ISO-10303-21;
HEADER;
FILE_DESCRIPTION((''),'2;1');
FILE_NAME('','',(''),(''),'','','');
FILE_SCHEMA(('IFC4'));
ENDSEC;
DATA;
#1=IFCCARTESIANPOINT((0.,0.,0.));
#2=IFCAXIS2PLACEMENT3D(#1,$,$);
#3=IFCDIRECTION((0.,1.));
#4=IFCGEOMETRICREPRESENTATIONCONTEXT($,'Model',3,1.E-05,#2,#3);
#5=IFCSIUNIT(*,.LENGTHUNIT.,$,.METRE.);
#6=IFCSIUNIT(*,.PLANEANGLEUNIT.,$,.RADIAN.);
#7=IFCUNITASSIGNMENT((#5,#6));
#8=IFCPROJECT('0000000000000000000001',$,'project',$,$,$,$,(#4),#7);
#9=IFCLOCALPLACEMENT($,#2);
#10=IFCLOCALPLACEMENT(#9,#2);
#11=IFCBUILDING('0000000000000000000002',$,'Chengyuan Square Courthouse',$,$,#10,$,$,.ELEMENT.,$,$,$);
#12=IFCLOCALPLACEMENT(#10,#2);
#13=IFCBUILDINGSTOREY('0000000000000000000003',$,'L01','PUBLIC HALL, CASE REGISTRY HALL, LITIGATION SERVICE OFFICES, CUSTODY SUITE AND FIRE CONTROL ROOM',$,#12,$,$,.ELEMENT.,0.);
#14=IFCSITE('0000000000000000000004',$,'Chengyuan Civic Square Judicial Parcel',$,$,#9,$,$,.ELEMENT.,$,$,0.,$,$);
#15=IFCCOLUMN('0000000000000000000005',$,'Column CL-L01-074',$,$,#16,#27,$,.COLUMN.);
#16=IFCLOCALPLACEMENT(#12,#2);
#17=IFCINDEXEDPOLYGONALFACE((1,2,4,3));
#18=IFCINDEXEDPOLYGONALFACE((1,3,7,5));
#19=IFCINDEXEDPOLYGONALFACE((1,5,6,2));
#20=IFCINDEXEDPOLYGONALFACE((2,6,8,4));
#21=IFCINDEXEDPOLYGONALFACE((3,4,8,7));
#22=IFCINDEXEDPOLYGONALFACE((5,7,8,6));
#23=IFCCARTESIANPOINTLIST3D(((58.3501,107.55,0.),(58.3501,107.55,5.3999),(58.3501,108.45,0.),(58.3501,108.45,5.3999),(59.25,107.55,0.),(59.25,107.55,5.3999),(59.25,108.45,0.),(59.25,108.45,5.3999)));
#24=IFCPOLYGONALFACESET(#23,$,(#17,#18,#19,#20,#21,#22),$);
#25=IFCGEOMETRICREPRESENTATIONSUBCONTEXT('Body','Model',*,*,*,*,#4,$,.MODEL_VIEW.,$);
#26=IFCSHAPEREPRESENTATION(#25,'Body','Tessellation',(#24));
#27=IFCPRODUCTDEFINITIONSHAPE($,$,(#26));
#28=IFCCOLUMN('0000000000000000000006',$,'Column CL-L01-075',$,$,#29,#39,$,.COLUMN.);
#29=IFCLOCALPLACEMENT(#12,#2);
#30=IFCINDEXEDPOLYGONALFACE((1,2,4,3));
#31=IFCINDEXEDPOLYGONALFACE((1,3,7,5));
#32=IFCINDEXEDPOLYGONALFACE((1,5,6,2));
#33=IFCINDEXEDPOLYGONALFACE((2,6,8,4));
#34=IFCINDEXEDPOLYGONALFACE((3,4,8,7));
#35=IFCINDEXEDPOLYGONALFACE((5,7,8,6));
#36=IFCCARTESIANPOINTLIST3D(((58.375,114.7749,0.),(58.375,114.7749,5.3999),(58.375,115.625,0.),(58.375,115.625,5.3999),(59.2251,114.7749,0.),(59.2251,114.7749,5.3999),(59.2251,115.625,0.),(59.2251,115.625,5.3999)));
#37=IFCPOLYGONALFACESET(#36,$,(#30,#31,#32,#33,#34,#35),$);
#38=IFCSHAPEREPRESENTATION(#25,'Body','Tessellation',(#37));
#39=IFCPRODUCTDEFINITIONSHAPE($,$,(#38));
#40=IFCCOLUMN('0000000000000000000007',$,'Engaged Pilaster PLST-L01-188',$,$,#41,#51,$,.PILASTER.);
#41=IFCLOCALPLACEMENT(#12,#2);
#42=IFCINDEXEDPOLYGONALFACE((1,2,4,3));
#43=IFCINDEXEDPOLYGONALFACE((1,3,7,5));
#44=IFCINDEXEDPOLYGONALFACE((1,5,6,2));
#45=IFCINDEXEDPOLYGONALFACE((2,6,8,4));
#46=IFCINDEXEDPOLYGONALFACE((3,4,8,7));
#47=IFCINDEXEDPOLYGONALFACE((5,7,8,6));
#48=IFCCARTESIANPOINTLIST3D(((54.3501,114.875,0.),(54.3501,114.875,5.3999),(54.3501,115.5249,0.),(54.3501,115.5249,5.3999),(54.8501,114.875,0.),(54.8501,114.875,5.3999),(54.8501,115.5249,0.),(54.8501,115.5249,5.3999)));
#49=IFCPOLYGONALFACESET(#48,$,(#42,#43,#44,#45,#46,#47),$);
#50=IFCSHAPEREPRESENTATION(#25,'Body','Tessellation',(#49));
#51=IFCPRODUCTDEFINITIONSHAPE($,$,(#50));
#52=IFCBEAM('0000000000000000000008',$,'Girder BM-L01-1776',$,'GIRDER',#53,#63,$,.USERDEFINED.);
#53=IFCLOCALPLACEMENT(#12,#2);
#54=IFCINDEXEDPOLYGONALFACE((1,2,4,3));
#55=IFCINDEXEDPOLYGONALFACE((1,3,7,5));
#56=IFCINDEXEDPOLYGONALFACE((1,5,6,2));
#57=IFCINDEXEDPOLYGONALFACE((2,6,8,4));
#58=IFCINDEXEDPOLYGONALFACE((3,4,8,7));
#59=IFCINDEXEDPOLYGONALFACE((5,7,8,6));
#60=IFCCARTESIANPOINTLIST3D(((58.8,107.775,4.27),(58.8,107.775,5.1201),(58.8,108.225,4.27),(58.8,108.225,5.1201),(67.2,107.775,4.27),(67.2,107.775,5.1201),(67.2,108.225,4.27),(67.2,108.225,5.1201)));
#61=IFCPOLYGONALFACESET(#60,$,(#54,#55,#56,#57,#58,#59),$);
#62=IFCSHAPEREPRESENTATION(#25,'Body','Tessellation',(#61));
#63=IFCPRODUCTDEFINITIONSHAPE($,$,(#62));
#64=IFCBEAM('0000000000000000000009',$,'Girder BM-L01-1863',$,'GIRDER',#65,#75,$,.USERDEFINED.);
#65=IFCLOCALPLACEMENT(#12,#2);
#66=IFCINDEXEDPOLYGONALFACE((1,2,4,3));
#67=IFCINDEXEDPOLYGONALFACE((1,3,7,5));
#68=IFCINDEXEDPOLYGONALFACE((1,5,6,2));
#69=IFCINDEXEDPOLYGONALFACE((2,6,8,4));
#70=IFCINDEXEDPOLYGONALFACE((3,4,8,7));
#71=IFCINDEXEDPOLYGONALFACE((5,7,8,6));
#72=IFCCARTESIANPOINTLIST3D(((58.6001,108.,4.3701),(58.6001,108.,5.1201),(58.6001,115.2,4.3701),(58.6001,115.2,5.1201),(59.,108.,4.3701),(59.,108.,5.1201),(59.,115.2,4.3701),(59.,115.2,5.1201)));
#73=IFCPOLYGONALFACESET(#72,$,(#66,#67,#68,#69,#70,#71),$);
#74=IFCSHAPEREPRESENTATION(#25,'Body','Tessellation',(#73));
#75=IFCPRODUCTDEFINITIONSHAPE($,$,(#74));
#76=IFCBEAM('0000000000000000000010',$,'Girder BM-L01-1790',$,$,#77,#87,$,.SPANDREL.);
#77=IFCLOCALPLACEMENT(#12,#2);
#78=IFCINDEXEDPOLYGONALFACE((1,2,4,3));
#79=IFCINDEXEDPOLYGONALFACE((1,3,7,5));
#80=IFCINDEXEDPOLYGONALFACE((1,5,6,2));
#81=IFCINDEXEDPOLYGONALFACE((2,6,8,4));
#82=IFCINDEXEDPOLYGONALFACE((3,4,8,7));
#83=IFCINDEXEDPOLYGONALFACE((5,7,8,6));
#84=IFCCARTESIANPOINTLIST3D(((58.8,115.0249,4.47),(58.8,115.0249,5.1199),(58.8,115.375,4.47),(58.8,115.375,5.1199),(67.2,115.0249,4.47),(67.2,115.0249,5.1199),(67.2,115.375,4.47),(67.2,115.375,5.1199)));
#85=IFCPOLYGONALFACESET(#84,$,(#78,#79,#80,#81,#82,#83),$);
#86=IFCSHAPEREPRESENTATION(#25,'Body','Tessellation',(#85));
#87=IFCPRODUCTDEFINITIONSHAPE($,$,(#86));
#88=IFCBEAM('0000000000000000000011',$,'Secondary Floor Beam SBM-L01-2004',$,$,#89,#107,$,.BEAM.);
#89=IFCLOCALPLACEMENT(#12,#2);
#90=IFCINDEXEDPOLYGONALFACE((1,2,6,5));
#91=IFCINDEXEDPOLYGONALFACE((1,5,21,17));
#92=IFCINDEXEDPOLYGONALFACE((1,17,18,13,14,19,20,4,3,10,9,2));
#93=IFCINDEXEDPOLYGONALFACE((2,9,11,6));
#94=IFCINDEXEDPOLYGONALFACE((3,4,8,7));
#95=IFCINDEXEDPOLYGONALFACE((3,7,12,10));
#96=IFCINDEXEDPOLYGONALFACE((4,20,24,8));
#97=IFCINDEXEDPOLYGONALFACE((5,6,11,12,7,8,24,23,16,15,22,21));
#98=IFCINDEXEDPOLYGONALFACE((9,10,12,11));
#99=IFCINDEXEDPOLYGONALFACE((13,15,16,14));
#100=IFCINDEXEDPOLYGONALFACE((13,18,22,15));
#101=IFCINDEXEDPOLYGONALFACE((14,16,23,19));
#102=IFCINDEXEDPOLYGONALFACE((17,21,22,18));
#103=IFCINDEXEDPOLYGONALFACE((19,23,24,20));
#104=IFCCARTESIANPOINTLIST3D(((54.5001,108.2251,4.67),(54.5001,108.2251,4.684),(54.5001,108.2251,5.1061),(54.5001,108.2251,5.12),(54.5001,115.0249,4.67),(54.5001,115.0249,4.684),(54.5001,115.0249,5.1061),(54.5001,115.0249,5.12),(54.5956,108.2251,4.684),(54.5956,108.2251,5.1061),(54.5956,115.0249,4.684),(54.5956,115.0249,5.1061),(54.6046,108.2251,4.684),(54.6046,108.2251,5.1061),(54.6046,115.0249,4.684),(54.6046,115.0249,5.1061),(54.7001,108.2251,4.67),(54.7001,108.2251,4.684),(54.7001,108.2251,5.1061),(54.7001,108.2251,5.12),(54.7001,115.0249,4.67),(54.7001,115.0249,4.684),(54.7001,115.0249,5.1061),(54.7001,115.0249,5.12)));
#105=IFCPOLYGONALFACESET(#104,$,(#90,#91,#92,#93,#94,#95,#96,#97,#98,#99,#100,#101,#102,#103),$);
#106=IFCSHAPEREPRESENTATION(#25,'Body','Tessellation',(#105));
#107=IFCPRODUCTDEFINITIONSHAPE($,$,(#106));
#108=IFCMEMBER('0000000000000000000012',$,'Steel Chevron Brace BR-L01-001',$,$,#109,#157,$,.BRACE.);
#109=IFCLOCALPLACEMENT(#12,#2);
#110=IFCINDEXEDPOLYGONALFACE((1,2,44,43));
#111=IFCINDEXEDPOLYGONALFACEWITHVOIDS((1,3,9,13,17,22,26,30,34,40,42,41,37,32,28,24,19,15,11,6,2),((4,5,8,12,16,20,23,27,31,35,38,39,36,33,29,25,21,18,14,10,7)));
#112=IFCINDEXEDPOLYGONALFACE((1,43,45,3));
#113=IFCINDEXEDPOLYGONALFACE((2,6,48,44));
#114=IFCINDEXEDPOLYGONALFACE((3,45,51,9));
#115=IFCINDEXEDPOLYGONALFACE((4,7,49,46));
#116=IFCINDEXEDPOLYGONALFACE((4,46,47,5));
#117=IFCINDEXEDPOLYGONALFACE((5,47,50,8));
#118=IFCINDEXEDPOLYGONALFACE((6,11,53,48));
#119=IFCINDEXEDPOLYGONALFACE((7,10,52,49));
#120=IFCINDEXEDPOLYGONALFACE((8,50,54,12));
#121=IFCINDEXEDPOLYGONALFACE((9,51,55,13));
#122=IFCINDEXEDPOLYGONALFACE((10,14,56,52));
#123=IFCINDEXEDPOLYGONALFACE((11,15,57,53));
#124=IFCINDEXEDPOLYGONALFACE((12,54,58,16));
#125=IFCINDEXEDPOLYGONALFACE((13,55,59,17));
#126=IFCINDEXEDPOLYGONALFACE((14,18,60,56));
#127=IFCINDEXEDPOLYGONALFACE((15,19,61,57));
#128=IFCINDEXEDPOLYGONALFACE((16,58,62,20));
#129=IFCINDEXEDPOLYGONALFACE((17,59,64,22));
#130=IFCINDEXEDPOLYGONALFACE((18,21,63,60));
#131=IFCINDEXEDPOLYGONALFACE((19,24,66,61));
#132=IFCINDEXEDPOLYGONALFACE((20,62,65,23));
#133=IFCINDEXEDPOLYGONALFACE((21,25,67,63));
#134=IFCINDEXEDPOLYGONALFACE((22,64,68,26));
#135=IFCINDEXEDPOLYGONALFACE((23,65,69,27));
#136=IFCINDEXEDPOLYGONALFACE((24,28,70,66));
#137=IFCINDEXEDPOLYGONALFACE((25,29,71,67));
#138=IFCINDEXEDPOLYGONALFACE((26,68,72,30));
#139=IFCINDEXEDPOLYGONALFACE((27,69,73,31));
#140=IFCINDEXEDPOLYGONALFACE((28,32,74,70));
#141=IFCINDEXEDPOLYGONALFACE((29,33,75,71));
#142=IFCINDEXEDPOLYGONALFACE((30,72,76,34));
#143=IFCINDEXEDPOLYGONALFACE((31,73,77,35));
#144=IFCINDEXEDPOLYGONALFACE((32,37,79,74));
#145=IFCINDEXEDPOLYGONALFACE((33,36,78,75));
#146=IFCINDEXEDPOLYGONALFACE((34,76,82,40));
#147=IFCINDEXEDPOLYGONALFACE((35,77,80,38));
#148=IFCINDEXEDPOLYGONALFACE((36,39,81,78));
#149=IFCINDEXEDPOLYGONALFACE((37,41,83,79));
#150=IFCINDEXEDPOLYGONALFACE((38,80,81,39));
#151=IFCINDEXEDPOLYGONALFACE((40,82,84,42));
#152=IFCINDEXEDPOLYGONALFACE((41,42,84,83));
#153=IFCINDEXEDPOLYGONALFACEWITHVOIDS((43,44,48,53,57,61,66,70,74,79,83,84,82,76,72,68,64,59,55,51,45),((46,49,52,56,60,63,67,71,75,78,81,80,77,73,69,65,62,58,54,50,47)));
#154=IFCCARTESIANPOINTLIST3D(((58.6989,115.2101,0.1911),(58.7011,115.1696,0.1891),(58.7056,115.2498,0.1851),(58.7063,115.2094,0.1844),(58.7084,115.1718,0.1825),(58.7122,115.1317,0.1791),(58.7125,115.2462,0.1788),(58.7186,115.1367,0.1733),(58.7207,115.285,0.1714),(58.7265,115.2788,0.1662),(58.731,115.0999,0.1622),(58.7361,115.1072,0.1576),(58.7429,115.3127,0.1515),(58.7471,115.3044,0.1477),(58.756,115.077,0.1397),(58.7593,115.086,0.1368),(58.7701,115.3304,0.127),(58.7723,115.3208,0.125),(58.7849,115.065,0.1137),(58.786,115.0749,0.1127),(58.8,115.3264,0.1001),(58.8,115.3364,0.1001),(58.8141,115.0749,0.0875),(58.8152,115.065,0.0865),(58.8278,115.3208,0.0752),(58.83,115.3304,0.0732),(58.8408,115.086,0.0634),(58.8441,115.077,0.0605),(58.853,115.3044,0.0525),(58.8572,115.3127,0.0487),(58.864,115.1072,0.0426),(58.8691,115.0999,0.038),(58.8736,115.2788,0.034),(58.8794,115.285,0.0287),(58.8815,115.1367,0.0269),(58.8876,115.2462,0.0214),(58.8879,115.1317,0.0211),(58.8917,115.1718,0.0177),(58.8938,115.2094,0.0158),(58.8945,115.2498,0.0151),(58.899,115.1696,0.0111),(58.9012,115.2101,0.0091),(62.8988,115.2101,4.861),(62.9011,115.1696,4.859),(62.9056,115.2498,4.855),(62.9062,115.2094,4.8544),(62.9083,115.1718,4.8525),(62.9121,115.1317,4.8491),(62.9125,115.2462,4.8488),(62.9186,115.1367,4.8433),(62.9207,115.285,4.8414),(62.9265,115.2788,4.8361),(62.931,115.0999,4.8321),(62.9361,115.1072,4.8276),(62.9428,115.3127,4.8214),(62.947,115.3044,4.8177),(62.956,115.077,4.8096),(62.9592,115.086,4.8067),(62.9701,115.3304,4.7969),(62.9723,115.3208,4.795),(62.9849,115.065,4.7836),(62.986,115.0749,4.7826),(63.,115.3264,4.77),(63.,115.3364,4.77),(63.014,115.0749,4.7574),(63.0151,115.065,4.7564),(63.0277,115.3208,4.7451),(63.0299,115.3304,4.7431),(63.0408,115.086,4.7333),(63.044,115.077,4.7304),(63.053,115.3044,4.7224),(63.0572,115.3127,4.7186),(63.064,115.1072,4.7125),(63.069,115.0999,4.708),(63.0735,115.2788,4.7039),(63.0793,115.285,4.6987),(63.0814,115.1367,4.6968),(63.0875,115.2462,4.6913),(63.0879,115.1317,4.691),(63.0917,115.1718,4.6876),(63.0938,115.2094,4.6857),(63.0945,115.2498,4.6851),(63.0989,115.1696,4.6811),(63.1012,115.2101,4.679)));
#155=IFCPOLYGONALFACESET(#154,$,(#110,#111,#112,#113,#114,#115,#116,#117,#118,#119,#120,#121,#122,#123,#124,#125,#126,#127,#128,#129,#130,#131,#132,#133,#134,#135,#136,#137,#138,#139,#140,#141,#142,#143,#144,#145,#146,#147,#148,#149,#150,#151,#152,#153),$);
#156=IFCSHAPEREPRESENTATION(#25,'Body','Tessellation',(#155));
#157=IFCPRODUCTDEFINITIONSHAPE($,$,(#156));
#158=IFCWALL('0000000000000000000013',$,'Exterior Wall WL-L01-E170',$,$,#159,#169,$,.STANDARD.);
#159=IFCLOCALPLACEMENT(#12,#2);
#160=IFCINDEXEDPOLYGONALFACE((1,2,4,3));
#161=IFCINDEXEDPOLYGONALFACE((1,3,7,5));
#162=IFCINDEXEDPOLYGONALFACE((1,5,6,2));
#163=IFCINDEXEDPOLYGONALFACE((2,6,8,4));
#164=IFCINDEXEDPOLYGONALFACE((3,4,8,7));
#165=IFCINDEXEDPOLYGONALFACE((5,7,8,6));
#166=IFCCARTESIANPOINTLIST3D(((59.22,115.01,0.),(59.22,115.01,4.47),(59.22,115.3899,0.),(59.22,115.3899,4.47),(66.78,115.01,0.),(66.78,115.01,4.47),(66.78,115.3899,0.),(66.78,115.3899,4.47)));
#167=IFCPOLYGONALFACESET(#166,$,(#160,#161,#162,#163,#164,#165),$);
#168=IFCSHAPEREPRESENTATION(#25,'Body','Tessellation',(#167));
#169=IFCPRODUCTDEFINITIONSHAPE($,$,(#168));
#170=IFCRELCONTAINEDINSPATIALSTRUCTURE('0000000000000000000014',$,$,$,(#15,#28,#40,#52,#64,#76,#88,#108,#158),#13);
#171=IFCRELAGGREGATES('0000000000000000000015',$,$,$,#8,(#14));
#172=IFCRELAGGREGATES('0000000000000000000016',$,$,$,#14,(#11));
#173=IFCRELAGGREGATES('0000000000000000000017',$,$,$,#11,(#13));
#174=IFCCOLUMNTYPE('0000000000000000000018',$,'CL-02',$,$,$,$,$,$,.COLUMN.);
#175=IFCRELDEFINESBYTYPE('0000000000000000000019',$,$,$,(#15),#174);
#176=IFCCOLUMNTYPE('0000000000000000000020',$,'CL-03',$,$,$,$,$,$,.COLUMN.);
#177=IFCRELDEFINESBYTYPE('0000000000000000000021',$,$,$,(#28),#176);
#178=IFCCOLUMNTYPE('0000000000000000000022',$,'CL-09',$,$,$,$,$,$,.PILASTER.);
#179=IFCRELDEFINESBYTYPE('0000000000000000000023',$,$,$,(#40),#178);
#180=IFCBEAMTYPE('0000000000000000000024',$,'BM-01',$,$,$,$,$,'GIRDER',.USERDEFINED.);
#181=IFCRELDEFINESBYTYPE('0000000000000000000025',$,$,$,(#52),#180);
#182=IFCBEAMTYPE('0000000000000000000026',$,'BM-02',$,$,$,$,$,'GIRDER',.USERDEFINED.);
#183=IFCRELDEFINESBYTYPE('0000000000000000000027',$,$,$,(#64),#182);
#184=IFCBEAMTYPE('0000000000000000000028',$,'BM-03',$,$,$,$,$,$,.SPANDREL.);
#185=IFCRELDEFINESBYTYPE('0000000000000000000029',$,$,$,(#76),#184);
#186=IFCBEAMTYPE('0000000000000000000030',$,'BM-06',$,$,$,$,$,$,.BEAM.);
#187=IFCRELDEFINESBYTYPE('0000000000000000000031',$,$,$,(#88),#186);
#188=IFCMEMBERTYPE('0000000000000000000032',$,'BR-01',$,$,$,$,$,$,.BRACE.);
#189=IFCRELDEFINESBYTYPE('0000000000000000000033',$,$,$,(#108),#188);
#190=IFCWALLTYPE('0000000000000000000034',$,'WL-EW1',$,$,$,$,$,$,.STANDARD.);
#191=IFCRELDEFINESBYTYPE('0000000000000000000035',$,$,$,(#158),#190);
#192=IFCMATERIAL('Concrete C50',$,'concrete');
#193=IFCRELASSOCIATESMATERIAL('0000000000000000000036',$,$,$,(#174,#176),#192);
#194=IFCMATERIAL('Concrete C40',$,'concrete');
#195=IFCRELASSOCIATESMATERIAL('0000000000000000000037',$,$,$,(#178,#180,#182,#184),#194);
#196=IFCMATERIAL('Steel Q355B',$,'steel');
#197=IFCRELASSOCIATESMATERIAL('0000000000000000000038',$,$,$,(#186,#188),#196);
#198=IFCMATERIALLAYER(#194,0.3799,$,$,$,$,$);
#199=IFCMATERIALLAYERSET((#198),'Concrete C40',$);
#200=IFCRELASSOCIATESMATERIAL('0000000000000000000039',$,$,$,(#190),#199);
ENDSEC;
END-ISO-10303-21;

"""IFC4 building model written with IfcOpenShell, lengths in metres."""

from ifc_helpers import new_model, si_unit, direction, frame, frame_2d, origin, origin_2d, place, context, subcontext, project, spatial, rectangle, hollow_circle, i_section, extrude, material, layer, layer_set, material_profile, profile_set, type_object, element, save


model = new_model("IFC4")

# Units and contexts
model_context = context("Model", 3, precision=1e-05, world=origin(), true_north=direction((0.0, 1.0)))
body_context = subcontext(model_context, "Body", "Model", "MODEL_VIEW")
ifc_project = project(units=[si_unit("LENGTHUNIT", "METRE"), si_unit("PLANEANGLEUNIT", "RADIAN")], contexts=[model_context])

# Site, building, storey
site_placement = place(None, origin())
site = spatial("IfcSite", under=ifc_project, at=site_placement, Name="Chengyuan Civic Square Judicial Parcel", CompositionType="ELEMENT", RefElevation=0.0)
building_placement = place(site_placement, origin())
building = spatial("IfcBuilding", under=site, at=building_placement, Name="Chengyuan Square Courthouse", CompositionType="ELEMENT")
storey_placement = place(building_placement, origin())
storey = spatial("IfcBuildingStorey", under=building, at=storey_placement, Name="L01", Description="PUBLIC HALL, CASE REGISTRY HALL, LITIGATION SERVICE OFFICES, CUSTODY SUITE AND FIRE CONTROL ROOM", CompositionType="ELEMENT", Elevation=0.0)

# Columns
ifc_material_1 = material(Name="Concrete C50", Category="concrete")
ifc_material_profile_1 = material_profile(ifc_material_1, rectangle(XDim=0.8999, YDim=0.8999, at=origin_2d()), Name="RC-COL-900x900")
ifc_profile_set_1 = profile_set([ifc_material_profile_1], Name="Concrete C50")
column_type_1 = type_object("IfcColumnType", Name="CL-02", PredefinedType="COLUMN", material=ifc_profile_set_1)
column_1_placement = place(storey_placement, frame((58.8, 108.0, 0.0), z_axis=(0.0, 0.0, 1.0), x_axis=(1.0, 0.0, 0.0)))
element("IfcColumn", 1, at=column_1_placement, inside=storey, type_object=column_type_1, Name="Column CL-L01-074", PredefinedType="COLUMN", context=body_context, shape_type="SweptSolid", body=[
    extrude(rectangle(XDim=0.8999, YDim=0.8999, at=origin_2d()), origin(), (0.0, 0.0, 1.0), 5.3999),
])
ifc_material_profile_2 = material_profile(ifc_material_1, rectangle(XDim=0.8501, YDim=0.8501, at=origin_2d()), Name="RC-COL-850x850")
ifc_profile_set_2 = profile_set([ifc_material_profile_2], Name="Concrete C50")
column_type_2 = type_object("IfcColumnType", Name="CL-03", PredefinedType="COLUMN", material=ifc_profile_set_2)
column_2_placement = place(storey_placement, frame((58.8, 115.2, 0.0), z_axis=(0.0, 0.0, 1.0), x_axis=(1.0, 0.0, 0.0)))
element("IfcColumn", 2, at=column_2_placement, inside=storey, type_object=column_type_2, Name="Column CL-L01-075", PredefinedType="COLUMN", context=body_context, shape_type="SweptSolid", body=[
    extrude(rectangle(XDim=0.8501, YDim=0.8501, at=origin_2d()), origin(), (0.0, 0.0, 1.0), 5.3999),
])
ifc_material_2 = material(Name="Concrete C40", Category="concrete")
ifc_material_profile_3 = material_profile(ifc_material_2, rectangle(XDim=0.5, YDim=0.6499, at=origin_2d()), Name="RC-PIL-500x650")
ifc_profile_set_3 = profile_set([ifc_material_profile_3], Name="Concrete C40")
column_type_3 = type_object("IfcColumnType", Name="CL-09", PredefinedType="PILASTER", material=ifc_profile_set_3)
column_3_placement = place(storey_placement, frame((54.6001, 115.2, 0.0), z_axis=(0.0, 0.0, 1.0), x_axis=(1.0, 0.0, 0.0)))
element("IfcColumn", 3, at=column_3_placement, inside=storey, type_object=column_type_3, Name="Engaged Pilaster PLST-L01-188", PredefinedType="PILASTER", context=body_context, shape_type="SweptSolid", body=[
    extrude(rectangle(XDim=0.5, YDim=0.6499, at=origin_2d()), origin(), (0.0, 0.0, 1.0), 5.3999),
])

# Beams
ifc_material_profile_4 = material_profile(ifc_material_2, rectangle(XDim=0.45, YDim=0.8501, at=origin_2d()), Name="RC-BM-450x850")
ifc_profile_set_4 = profile_set([ifc_material_profile_4], Name="Concrete C40")
beam_type_1 = type_object("IfcBeamType", Name="BM-01", ElementType="GIRDER", PredefinedType="USERDEFINED", material=ifc_profile_set_4)
beam_1_placement = place(storey_placement, frame((58.8, 108.0, 4.6951), z_axis=(1.0, 0.0, 0.0), x_axis=(0.0, 1.0, 0.0)))
element("IfcBeam", 4, at=beam_1_placement, inside=storey, type_object=beam_type_1, Name="Girder BM-L01-1776", ObjectType="GIRDER", PredefinedType="USERDEFINED", context=body_context, shape_type="SweptSolid", body=[
    extrude(rectangle(XDim=0.45, YDim=0.8501, at=origin_2d()), origin(), (0.0, 0.0, 1.0), 8.3999),
])
ifc_material_profile_5 = material_profile(ifc_material_2, rectangle(XDim=0.3999, YDim=0.75, at=origin_2d()), Name="RC-BM-400x750")
ifc_profile_set_5 = profile_set([ifc_material_profile_5], Name="Concrete C40")
beam_type_2 = type_object("IfcBeamType", Name="BM-02", ElementType="GIRDER", PredefinedType="USERDEFINED", material=ifc_profile_set_5)
beam_2_placement = place(storey_placement, frame((58.8, 108.0, 4.7451), z_axis=(0.0, 1.0, 0.0), x_axis=(-1.0, 0.0, 0.0)))
element("IfcBeam", 5, at=beam_2_placement, inside=storey, type_object=beam_type_2, Name="Girder BM-L01-1863", ObjectType="GIRDER", PredefinedType="USERDEFINED", context=body_context, shape_type="SweptSolid", body=[
    extrude(rectangle(XDim=0.3999, YDim=0.75, at=origin_2d()), origin(), (0.0, 0.0, 1.0), 7.2),
])
ifc_material_profile_6 = material_profile(ifc_material_2, rectangle(XDim=0.3501, YDim=0.6499, at=origin_2d()), Name="RC-BM-350x650")
ifc_profile_set_6 = profile_set([ifc_material_profile_6], Name="Concrete C40")
beam_type_3 = type_object("IfcBeamType", Name="BM-03", PredefinedType="SPANDREL", material=ifc_profile_set_6)
beam_3_placement = place(storey_placement, frame((58.8, 115.2, 4.7949), z_axis=(1.0, 0.0, 0.0), x_axis=(0.0, 1.0, 0.0)))
element("IfcBeam", 6, at=beam_3_placement, inside=storey, type_object=beam_type_3, Name="Girder BM-L01-1790", PredefinedType="SPANDREL", context=body_context, shape_type="SweptSolid", body=[
    extrude(rectangle(XDim=0.3501, YDim=0.6499, at=origin_2d()), origin(), (0.0, 0.0, 1.0), 8.3999),
])
ifc_material_3 = material(Name="Steel Q355B", Category="steel")
ifc_material_profile_7 = material_profile(ifc_material_3, i_section(OverallWidth=0.2, OverallDepth=0.45, WebThickness=0.009, FlangeThickness=0.0139, at=origin_2d()), Name="HN 450x200x9x14")
ifc_profile_set_7 = profile_set([ifc_material_profile_7], Name="Steel Q355B")
beam_type_4 = type_object("IfcBeamType", Name="BM-06", PredefinedType="BEAM", material=ifc_profile_set_7)
beam_4_placement = place(storey_placement, frame((54.6001, 108.2251, 4.895), z_axis=(0.0, 1.0, 0.0), x_axis=(-1.0, 0.0, 0.0)))
element("IfcBeam", 7, at=beam_4_placement, inside=storey, type_object=beam_type_4, Name="Secondary Floor Beam SBM-L01-2004", PredefinedType="BEAM", context=body_context, shape_type="SweptSolid", body=[
    extrude(i_section(OverallWidth=0.2, OverallDepth=0.45, WebThickness=0.009, FlangeThickness=0.0139, at=origin_2d()), origin(), (0.0, 0.0, 1.0), 6.7998),
])

# Member
ifc_material_profile_8 = material_profile(ifc_material_3, hollow_circle(Radius=0.1365, WallThickness=0.01, at=origin_2d()), Name="CHS 273x10")
ifc_profile_set_8 = profile_set([ifc_material_profile_8], Name="Steel Q355B")
member_type = type_object("IfcMemberType", Name="BR-01", PredefinedType="BRACE", material=ifc_profile_set_8)
member_placement = place(storey_placement, frame((58.8, 115.2, 0.1001), z_axis=(0.668703, 0.0, 0.74353), x_axis=(0.0, 1.0, 0.0)))
element("IfcMember", 8, at=member_placement, inside=storey, type_object=member_type, Name="Steel Chevron Brace BR-L01-001", PredefinedType="BRACE", context=body_context, shape_type="SweptSolid", body=[
    extrude(hollow_circle(Radius=0.1365, WallThickness=0.01, at=origin_2d()), origin(), (0.0, 0.0, 1.0), 6.2808),
])

# Wall
ifc_layer_1 = layer(ifc_material_2, 0.3799)
ifc_layer_set_1 = layer_set([ifc_layer_1], Name="Concrete C40")
wall_type_1 = type_object("IfcWallType", Name="WL-EW1", PredefinedType="STANDARD", material=ifc_layer_set_1)
wall_1_placement = place(storey_placement, frame((59.22, 115.2, 0.0), z_axis=(0.0, 0.0, 1.0), x_axis=(1.0, 0.0, 0.0)))
element("IfcWall", 9, at=wall_1_placement, inside=storey, type_object=wall_type_1, Name="Exterior Wall WL-L01-E170", PredefinedType="STANDARD", context=body_context, shape_type="SweptSolid", body=[
    extrude(rectangle(XDim=7.5601, YDim=0.3799, at=frame_2d((3.78, 0.0))), origin(), (0.0, 0.0, 1.0), 4.47),
])

save(model, "model.ifc")
